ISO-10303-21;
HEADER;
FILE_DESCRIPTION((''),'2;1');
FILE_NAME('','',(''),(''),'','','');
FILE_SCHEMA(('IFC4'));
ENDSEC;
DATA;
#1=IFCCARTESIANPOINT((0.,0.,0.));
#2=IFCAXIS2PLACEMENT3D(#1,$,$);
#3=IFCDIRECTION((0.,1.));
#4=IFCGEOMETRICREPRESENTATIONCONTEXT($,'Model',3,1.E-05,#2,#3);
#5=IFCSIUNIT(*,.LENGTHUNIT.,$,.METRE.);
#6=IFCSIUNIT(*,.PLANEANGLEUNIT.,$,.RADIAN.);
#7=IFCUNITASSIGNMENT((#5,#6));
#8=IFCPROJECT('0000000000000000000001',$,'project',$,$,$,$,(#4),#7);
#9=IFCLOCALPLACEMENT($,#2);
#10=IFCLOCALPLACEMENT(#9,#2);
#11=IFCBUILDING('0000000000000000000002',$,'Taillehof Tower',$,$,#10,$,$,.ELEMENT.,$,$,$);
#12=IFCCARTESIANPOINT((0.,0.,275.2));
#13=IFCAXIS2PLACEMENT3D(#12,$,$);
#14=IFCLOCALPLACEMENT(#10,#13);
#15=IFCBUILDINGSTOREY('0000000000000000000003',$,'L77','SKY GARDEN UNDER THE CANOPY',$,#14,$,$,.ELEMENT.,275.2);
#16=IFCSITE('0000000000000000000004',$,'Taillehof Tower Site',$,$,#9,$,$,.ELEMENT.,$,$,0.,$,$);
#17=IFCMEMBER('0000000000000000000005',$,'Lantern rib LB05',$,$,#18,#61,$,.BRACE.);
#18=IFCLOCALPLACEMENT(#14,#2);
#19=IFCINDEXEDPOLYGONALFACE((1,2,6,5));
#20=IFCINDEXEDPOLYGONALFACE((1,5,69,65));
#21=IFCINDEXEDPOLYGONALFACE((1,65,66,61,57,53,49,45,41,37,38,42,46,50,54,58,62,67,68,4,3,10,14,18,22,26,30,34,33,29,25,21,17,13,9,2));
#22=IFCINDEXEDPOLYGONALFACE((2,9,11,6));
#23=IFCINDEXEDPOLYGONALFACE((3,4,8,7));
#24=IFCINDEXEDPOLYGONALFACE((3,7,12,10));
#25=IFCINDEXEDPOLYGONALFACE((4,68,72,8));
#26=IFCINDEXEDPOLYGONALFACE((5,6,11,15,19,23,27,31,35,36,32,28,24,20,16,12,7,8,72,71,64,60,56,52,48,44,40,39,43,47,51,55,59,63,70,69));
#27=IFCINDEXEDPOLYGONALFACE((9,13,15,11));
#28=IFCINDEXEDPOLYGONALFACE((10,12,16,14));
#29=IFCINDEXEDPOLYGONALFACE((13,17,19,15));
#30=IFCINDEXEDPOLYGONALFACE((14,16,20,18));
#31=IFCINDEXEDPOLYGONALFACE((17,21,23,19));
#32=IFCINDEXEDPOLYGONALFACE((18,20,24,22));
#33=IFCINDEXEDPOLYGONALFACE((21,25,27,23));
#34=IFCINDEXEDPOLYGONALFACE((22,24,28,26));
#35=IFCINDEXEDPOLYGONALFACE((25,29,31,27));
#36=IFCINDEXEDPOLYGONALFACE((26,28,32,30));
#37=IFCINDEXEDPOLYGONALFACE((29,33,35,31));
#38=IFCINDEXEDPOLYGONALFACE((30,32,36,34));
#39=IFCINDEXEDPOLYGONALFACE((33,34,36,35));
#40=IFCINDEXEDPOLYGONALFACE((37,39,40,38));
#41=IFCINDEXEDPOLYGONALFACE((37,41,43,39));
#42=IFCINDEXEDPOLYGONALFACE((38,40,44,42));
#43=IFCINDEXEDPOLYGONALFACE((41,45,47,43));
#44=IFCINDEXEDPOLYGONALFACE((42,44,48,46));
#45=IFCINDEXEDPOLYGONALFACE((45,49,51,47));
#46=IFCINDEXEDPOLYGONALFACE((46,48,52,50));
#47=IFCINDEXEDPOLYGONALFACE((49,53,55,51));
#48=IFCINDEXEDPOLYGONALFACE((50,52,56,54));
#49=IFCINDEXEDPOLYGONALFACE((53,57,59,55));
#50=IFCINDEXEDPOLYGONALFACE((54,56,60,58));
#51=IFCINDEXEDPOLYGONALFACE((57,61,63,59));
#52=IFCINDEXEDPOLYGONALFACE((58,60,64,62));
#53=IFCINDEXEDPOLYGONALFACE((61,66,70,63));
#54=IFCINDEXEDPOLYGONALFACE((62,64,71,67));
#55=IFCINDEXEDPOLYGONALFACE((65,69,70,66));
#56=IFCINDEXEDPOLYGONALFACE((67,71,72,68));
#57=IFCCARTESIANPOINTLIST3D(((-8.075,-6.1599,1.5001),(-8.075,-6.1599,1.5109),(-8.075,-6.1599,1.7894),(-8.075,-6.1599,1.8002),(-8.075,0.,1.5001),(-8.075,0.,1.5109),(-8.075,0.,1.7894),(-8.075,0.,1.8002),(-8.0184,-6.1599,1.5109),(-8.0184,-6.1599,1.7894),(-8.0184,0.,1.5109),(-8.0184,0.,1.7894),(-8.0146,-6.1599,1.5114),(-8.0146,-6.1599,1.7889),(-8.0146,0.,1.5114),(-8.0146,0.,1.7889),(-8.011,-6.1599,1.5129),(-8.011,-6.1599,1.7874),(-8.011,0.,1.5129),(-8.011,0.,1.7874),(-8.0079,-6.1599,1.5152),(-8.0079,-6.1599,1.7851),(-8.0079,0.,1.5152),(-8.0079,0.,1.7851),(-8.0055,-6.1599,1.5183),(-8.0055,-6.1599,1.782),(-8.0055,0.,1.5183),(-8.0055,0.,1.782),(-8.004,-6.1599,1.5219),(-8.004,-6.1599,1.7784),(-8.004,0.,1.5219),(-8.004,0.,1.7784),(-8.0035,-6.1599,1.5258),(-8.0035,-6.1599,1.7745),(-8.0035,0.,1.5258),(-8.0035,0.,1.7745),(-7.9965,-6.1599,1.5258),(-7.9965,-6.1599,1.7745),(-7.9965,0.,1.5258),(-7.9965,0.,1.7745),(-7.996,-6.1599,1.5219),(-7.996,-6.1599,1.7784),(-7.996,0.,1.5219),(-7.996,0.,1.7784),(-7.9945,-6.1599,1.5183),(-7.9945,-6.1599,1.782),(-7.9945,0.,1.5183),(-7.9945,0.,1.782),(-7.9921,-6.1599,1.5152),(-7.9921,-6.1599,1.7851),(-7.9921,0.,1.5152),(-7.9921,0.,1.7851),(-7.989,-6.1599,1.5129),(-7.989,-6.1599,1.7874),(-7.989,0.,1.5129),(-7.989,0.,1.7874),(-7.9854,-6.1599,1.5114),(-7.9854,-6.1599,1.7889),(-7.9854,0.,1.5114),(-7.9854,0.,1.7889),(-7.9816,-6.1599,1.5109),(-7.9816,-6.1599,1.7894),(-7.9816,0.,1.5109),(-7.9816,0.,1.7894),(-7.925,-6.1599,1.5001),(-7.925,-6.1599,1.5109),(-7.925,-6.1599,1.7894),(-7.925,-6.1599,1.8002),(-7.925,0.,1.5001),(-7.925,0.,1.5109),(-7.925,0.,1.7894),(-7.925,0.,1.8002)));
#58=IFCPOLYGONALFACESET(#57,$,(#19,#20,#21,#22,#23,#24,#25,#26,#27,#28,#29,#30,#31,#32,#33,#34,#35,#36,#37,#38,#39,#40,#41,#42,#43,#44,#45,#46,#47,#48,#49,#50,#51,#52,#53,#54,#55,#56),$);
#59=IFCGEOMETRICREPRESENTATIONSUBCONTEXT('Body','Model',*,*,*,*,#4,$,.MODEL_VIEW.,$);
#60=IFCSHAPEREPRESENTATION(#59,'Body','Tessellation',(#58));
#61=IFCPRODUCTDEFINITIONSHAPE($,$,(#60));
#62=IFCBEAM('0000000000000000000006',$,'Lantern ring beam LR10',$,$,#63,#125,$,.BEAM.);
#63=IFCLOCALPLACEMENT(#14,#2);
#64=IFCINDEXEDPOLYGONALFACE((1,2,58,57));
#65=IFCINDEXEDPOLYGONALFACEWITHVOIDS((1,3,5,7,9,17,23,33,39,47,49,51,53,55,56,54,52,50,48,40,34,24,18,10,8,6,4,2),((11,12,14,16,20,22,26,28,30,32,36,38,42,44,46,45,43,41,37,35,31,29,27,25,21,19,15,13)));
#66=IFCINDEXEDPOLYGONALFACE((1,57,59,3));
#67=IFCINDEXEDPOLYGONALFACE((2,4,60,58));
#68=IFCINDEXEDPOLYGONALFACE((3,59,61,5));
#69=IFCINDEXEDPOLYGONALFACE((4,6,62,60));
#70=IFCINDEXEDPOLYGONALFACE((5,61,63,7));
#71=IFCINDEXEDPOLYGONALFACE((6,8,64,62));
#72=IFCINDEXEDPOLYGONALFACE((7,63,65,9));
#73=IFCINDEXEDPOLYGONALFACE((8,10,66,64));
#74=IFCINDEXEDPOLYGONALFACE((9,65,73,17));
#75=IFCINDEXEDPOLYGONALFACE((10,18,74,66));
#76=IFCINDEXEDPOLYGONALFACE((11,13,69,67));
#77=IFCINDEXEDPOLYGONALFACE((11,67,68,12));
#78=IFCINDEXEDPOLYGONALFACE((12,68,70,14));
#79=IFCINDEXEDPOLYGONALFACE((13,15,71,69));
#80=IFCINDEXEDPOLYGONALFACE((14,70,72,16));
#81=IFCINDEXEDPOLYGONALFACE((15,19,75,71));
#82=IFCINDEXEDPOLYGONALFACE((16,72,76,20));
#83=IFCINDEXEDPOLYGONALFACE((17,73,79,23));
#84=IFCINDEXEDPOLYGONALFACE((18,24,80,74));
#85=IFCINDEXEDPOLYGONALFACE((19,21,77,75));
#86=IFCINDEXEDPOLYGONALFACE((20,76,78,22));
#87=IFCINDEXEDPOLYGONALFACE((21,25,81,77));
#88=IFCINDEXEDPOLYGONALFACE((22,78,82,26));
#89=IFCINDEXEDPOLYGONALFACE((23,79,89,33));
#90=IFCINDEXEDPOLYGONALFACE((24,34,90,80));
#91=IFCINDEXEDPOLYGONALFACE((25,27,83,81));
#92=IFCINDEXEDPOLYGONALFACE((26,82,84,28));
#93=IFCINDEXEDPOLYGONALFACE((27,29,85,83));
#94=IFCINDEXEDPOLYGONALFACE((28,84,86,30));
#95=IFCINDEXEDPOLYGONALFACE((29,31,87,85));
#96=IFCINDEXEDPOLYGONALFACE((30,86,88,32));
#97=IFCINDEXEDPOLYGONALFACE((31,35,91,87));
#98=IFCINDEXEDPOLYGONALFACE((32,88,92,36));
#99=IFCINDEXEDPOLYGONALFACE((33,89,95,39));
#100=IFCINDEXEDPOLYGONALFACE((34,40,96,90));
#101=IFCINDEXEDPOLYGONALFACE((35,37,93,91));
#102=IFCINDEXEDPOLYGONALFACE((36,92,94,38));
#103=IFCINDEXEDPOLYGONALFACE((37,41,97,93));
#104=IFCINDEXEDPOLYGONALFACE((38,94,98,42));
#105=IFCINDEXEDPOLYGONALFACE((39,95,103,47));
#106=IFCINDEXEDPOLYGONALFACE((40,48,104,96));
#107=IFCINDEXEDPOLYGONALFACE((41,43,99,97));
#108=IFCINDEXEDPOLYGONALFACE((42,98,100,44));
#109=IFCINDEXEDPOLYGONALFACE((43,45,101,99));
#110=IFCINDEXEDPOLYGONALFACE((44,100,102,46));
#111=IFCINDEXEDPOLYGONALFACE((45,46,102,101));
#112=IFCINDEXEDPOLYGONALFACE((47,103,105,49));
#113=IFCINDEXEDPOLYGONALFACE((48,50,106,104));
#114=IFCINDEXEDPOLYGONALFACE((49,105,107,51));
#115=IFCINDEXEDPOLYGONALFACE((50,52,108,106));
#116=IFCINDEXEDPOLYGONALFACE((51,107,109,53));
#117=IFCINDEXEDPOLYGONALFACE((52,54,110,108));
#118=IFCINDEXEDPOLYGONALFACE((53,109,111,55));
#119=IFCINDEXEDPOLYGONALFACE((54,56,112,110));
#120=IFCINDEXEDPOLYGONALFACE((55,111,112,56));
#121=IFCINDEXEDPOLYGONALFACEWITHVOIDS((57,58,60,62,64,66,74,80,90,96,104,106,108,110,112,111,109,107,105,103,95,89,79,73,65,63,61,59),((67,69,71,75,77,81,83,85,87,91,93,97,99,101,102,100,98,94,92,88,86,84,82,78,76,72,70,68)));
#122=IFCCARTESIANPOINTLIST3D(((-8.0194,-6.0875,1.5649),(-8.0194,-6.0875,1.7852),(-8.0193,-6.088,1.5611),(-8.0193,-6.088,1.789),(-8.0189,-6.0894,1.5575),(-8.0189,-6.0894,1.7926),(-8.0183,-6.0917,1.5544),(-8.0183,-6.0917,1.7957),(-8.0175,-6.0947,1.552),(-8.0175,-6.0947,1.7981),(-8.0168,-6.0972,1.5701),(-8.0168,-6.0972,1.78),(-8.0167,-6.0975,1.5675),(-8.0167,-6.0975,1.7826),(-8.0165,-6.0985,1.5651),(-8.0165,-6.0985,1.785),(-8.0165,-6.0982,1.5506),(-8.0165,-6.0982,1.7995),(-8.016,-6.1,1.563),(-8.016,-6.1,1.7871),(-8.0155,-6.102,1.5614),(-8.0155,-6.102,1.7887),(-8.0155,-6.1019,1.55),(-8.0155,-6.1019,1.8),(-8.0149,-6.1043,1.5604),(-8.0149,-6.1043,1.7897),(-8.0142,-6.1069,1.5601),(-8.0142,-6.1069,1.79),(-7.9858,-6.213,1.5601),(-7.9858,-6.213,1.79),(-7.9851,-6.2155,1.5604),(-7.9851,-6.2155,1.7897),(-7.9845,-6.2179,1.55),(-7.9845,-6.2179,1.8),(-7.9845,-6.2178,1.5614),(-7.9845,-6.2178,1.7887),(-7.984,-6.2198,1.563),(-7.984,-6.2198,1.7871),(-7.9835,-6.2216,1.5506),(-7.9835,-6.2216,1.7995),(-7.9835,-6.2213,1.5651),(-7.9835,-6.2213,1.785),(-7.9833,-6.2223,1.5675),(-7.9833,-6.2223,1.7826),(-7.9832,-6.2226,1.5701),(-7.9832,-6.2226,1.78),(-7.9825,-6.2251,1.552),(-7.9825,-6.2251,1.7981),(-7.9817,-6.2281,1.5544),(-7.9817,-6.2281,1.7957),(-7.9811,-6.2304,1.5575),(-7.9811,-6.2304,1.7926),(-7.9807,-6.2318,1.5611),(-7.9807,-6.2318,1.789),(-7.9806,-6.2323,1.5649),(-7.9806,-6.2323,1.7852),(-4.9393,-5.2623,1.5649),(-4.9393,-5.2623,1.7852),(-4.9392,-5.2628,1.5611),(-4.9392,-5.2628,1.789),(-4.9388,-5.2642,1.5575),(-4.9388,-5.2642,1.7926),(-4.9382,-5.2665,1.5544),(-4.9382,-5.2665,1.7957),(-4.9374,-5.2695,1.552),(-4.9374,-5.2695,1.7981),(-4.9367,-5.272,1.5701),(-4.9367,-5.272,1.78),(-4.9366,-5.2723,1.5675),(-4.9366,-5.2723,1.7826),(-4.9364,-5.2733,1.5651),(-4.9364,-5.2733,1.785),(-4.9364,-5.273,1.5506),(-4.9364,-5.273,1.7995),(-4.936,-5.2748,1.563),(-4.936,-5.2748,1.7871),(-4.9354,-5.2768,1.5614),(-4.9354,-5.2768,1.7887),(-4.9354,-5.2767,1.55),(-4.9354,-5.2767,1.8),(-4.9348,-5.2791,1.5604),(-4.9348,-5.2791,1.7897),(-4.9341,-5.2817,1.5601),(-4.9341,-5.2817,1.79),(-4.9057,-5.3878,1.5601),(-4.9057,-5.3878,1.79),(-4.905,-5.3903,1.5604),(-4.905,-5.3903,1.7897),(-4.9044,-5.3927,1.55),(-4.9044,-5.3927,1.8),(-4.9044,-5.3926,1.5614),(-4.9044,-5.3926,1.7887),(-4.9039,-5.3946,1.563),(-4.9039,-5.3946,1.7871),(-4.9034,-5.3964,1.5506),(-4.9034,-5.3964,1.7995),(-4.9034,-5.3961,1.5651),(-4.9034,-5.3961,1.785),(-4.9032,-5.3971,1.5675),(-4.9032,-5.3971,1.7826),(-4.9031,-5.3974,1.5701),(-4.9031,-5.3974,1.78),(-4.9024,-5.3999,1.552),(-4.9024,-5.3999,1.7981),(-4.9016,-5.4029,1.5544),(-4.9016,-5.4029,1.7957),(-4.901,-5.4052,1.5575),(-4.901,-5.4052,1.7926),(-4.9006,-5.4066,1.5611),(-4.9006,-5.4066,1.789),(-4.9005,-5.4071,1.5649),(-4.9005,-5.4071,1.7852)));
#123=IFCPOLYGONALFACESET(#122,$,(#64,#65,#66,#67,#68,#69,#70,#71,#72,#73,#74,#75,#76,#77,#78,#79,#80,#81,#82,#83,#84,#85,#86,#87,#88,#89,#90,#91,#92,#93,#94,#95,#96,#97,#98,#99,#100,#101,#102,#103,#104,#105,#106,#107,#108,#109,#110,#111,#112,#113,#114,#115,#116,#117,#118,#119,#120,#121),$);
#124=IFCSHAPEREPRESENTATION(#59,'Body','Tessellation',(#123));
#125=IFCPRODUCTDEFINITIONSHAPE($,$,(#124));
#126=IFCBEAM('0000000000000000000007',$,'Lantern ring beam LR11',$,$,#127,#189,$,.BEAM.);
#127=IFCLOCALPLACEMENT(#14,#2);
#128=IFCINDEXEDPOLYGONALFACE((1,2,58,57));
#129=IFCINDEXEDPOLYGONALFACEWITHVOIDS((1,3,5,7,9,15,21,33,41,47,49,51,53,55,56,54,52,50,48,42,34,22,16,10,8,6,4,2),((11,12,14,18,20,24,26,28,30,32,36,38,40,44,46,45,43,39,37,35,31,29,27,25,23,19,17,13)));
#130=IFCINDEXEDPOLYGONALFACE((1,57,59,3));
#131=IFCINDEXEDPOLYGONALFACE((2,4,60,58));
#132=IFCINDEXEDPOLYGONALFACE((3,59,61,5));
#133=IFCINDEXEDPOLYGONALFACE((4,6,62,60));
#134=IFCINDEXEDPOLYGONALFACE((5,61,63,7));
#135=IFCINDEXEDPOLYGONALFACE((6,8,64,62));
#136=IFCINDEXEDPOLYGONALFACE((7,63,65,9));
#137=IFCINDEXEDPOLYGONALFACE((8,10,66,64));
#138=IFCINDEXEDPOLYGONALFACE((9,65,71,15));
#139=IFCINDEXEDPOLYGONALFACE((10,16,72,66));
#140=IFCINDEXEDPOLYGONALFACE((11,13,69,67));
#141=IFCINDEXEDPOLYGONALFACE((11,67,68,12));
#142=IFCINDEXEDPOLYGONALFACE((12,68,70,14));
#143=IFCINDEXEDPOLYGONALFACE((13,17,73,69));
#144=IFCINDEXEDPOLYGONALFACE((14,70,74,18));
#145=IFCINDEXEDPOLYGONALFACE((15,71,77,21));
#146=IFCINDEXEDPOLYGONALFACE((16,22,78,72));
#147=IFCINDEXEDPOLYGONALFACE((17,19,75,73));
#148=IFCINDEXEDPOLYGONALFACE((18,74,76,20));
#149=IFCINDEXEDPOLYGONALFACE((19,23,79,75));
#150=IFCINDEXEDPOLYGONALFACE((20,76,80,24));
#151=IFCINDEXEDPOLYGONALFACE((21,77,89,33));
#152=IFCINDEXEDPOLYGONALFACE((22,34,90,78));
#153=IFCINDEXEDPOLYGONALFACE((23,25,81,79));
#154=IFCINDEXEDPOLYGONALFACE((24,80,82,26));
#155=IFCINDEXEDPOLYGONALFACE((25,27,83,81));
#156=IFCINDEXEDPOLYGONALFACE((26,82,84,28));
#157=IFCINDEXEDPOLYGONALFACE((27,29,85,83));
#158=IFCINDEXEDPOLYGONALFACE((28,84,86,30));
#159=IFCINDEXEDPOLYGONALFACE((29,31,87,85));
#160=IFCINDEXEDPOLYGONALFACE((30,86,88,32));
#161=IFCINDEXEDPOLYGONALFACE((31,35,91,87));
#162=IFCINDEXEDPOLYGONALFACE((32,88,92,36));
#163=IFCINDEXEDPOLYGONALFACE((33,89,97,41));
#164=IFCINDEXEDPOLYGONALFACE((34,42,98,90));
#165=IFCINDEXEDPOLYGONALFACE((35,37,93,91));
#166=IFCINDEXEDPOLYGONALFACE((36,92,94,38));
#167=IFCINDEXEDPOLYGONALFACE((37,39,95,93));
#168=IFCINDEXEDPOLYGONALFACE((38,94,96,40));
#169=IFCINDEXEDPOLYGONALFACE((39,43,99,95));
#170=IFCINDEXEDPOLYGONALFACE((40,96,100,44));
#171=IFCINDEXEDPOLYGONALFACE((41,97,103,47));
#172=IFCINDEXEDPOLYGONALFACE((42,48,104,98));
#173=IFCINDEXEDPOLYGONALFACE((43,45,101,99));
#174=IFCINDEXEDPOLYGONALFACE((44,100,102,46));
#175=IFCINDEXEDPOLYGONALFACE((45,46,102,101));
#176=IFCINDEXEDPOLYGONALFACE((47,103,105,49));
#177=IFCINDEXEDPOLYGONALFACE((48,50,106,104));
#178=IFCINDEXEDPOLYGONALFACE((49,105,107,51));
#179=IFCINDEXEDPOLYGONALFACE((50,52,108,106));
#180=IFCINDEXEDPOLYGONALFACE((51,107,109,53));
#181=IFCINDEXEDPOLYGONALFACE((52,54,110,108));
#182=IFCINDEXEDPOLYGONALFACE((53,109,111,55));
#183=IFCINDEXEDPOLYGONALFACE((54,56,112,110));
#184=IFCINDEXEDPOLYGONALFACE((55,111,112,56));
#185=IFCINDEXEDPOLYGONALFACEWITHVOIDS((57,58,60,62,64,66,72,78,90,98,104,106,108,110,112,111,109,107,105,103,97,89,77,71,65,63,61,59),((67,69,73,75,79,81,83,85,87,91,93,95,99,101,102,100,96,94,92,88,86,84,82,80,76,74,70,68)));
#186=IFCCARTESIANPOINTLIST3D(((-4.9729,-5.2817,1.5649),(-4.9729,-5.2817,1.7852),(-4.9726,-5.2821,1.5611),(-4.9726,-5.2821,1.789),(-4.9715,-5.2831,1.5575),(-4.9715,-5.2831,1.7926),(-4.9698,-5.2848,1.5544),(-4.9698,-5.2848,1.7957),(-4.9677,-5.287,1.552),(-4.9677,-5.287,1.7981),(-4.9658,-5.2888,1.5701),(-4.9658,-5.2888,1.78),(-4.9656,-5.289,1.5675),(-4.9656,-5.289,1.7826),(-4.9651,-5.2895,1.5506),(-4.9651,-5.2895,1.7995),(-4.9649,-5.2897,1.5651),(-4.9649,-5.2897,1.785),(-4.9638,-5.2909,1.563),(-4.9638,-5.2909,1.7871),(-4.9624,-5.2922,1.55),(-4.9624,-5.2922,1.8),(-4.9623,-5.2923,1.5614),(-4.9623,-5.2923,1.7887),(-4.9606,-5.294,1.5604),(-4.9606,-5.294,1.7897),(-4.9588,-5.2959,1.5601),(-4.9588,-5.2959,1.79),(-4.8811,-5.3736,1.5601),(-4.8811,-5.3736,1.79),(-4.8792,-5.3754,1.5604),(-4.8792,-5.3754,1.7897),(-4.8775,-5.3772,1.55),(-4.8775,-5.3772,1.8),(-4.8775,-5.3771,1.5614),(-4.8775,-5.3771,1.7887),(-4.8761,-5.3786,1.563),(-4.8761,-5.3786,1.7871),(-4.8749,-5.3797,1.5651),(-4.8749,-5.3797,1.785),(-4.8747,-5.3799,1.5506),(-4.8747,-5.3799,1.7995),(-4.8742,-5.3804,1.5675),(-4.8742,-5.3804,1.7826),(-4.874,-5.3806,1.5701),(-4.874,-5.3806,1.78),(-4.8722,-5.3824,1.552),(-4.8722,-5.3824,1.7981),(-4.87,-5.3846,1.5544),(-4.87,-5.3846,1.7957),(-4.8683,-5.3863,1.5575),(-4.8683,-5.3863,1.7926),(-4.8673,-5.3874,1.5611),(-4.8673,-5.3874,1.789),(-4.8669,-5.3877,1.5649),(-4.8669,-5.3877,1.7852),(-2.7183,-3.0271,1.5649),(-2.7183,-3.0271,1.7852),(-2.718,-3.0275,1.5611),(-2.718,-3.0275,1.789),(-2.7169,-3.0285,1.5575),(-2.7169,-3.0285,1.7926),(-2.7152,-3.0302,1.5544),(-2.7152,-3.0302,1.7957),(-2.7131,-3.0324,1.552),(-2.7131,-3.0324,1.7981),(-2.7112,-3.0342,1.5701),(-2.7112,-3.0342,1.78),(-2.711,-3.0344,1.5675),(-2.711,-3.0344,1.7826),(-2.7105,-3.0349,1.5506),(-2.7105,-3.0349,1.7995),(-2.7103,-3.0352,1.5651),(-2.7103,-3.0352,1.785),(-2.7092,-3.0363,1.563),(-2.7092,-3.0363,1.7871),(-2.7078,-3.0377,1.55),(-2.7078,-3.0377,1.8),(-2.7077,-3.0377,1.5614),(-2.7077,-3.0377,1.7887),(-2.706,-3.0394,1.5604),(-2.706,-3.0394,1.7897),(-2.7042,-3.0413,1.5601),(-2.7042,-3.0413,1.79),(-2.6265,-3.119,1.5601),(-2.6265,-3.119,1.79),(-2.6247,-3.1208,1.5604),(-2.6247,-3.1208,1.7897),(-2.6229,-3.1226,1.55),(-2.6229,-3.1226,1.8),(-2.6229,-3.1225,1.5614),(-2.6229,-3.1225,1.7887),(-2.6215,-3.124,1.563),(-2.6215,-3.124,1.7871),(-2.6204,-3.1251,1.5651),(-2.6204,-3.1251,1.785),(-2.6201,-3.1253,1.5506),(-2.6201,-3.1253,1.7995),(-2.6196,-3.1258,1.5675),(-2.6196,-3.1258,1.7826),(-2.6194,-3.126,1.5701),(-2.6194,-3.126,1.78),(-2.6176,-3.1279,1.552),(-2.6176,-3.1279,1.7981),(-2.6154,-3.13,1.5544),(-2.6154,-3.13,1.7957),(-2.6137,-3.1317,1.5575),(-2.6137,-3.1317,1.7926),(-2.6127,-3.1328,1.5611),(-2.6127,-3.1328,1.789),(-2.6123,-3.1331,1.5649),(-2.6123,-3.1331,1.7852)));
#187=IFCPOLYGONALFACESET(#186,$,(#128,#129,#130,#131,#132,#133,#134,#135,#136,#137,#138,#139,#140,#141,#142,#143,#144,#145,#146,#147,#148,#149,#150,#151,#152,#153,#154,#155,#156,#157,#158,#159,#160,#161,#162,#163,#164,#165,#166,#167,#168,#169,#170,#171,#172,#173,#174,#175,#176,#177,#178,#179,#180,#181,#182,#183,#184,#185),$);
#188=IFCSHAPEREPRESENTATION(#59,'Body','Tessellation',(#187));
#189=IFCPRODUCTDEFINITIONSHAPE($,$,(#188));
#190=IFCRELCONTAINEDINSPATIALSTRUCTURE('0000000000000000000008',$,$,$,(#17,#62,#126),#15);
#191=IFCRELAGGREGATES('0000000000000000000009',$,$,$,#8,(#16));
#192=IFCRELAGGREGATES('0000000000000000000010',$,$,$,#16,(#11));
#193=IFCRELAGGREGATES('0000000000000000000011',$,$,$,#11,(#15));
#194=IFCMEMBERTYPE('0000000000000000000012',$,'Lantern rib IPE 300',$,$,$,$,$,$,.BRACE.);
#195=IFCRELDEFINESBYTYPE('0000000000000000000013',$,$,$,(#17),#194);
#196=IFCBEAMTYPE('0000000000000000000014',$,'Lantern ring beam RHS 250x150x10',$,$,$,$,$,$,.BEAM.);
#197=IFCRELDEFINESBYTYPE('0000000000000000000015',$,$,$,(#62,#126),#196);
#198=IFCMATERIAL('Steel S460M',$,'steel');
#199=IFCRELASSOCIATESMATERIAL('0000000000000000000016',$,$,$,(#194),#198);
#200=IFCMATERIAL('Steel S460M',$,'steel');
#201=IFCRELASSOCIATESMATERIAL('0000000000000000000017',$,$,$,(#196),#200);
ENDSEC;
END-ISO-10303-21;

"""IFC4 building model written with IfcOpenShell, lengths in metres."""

from ifc_helpers import new_model, si_unit, direction, frame, origin, origin_2d, place, context, subcontext, project, spatial, hollow_rectangle, i_section, extrude, material, material_profile, profile_set, type_object, element, save


model = new_model("IFC4")

# Units and contexts
model_context = context("Model", 3, precision=1e-05, world=origin(), true_north=direction((0.0, 1.0)))
body_context = subcontext(model_context, "Body", "Model", "MODEL_VIEW")
ifc_project = project(units=[si_unit("LENGTHUNIT", "METRE"), si_unit("PLANEANGLEUNIT", "RADIAN")], contexts=[model_context])

# Site, building, storey
site_placement = place(None, origin())
site = spatial("IfcSite", under=ifc_project, at=site_placement, Name="Taillehof Tower Site", CompositionType="ELEMENT", RefElevation=0.0)
building_placement = place(site_placement, origin())
building = spatial("IfcBuilding", under=site, at=building_placement, Name="Taillehof Tower", CompositionType="ELEMENT")
storey_placement = place(building_placement, frame((0.0, 0.0, 275.2)))
storey = spatial("IfcBuildingStorey", under=building, at=storey_placement, Name="L77", Description="SKY GARDEN UNDER THE CANOPY", CompositionType="ELEMENT", Elevation=275.2)

# Member
ifc_material_1 = material(Name="Steel S460M", Category="steel")
ifc_material_profile_1 = material_profile(ifc_material_1, i_section(OverallWidth=0.1499, OverallDepth=0.3, WebThickness=0.0071, FlangeThickness=0.0107, FilletRadius=0.0149, at=origin_2d()), Name="IPE 300")
ifc_profile_set_1 = profile_set([ifc_material_profile_1], Name="Steel S460M")
member_type_1 = type_object("IfcMemberType", Name="Lantern rib IPE 300", PredefinedType="BRACE", material=ifc_profile_set_1)
member_1_placement = place(storey_placement, frame((-8.0, -6.1599, 1.6501), z_axis=(0.0, 1.0, 0.0), x_axis=(-1.0, 0.0, 0.0)))
element("IfcMember", 1, at=member_1_placement, inside=storey, type_object=member_type_1, Name="Lantern rib LB05", PredefinedType="BRACE", context=body_context, shape_type="SweptSolid", body=[
    extrude(i_section(OverallWidth=0.1499, OverallDepth=0.3, WebThickness=0.0071, FlangeThickness=0.0107, FilletRadius=0.0149, at=origin_2d()), origin(), (0.0, 0.0, 1.0), 6.1599),
])

# Beams
ifc_material_2 = material(Name="Steel S460M", Category="steel")
ifc_material_profile_2 = material_profile(ifc_material_2, hollow_rectangle(XDim=0.1499, YDim=0.25, WallThickness=0.01, InnerFilletRadius=0.01, OuterFilletRadius=0.0149, at=origin_2d()), Name="RHS 250x150x10")
ifc_profile_set_2 = profile_set([ifc_material_profile_2], Name="Steel S460M")
beam_type = type_object("IfcBeamType", Name="Lantern ring beam RHS 250x150x10", PredefinedType="BEAM", material=ifc_profile_set_2)
beam_1_placement = place(storey_placement, frame((-8.0, -6.1599, 1.675), z_axis=(0.965934, 0.258787, 0.0), x_axis=(-0.258787, 0.965934, 0.0)))
element("IfcBeam", 2, at=beam_1_placement, inside=storey, type_object=beam_type, Name="Lantern ring beam LR10", PredefinedType="BEAM", context=body_context, shape_type="SweptSolid", body=[
    extrude(hollow_rectangle(XDim=0.1499, YDim=0.25, WallThickness=0.01, InnerFilletRadius=0.01, OuterFilletRadius=0.0149, at=origin_2d()), origin(), (0.0, 0.0, 1.0), 3.1887),
])
beam_2_placement = place(storey_placement, frame((-4.9199, -5.3347, 1.675), z_axis=(0.707107, 0.707107, 0.0), x_axis=(-0.707107, 0.707107, 0.0)))
element("IfcBeam", 3, at=beam_2_placement, inside=storey, type_object=beam_type, Name="Lantern ring beam LR11", PredefinedType="BEAM", context=body_context, shape_type="SweptSolid", body=[
    extrude(hollow_rectangle(XDim=0.1499, YDim=0.25, WallThickness=0.01, InnerFilletRadius=0.01, OuterFilletRadius=0.0149, at=origin_2d()), origin(), (0.0, 0.0, 1.0), 3.1885),
])

save(model, "model.ifc")
